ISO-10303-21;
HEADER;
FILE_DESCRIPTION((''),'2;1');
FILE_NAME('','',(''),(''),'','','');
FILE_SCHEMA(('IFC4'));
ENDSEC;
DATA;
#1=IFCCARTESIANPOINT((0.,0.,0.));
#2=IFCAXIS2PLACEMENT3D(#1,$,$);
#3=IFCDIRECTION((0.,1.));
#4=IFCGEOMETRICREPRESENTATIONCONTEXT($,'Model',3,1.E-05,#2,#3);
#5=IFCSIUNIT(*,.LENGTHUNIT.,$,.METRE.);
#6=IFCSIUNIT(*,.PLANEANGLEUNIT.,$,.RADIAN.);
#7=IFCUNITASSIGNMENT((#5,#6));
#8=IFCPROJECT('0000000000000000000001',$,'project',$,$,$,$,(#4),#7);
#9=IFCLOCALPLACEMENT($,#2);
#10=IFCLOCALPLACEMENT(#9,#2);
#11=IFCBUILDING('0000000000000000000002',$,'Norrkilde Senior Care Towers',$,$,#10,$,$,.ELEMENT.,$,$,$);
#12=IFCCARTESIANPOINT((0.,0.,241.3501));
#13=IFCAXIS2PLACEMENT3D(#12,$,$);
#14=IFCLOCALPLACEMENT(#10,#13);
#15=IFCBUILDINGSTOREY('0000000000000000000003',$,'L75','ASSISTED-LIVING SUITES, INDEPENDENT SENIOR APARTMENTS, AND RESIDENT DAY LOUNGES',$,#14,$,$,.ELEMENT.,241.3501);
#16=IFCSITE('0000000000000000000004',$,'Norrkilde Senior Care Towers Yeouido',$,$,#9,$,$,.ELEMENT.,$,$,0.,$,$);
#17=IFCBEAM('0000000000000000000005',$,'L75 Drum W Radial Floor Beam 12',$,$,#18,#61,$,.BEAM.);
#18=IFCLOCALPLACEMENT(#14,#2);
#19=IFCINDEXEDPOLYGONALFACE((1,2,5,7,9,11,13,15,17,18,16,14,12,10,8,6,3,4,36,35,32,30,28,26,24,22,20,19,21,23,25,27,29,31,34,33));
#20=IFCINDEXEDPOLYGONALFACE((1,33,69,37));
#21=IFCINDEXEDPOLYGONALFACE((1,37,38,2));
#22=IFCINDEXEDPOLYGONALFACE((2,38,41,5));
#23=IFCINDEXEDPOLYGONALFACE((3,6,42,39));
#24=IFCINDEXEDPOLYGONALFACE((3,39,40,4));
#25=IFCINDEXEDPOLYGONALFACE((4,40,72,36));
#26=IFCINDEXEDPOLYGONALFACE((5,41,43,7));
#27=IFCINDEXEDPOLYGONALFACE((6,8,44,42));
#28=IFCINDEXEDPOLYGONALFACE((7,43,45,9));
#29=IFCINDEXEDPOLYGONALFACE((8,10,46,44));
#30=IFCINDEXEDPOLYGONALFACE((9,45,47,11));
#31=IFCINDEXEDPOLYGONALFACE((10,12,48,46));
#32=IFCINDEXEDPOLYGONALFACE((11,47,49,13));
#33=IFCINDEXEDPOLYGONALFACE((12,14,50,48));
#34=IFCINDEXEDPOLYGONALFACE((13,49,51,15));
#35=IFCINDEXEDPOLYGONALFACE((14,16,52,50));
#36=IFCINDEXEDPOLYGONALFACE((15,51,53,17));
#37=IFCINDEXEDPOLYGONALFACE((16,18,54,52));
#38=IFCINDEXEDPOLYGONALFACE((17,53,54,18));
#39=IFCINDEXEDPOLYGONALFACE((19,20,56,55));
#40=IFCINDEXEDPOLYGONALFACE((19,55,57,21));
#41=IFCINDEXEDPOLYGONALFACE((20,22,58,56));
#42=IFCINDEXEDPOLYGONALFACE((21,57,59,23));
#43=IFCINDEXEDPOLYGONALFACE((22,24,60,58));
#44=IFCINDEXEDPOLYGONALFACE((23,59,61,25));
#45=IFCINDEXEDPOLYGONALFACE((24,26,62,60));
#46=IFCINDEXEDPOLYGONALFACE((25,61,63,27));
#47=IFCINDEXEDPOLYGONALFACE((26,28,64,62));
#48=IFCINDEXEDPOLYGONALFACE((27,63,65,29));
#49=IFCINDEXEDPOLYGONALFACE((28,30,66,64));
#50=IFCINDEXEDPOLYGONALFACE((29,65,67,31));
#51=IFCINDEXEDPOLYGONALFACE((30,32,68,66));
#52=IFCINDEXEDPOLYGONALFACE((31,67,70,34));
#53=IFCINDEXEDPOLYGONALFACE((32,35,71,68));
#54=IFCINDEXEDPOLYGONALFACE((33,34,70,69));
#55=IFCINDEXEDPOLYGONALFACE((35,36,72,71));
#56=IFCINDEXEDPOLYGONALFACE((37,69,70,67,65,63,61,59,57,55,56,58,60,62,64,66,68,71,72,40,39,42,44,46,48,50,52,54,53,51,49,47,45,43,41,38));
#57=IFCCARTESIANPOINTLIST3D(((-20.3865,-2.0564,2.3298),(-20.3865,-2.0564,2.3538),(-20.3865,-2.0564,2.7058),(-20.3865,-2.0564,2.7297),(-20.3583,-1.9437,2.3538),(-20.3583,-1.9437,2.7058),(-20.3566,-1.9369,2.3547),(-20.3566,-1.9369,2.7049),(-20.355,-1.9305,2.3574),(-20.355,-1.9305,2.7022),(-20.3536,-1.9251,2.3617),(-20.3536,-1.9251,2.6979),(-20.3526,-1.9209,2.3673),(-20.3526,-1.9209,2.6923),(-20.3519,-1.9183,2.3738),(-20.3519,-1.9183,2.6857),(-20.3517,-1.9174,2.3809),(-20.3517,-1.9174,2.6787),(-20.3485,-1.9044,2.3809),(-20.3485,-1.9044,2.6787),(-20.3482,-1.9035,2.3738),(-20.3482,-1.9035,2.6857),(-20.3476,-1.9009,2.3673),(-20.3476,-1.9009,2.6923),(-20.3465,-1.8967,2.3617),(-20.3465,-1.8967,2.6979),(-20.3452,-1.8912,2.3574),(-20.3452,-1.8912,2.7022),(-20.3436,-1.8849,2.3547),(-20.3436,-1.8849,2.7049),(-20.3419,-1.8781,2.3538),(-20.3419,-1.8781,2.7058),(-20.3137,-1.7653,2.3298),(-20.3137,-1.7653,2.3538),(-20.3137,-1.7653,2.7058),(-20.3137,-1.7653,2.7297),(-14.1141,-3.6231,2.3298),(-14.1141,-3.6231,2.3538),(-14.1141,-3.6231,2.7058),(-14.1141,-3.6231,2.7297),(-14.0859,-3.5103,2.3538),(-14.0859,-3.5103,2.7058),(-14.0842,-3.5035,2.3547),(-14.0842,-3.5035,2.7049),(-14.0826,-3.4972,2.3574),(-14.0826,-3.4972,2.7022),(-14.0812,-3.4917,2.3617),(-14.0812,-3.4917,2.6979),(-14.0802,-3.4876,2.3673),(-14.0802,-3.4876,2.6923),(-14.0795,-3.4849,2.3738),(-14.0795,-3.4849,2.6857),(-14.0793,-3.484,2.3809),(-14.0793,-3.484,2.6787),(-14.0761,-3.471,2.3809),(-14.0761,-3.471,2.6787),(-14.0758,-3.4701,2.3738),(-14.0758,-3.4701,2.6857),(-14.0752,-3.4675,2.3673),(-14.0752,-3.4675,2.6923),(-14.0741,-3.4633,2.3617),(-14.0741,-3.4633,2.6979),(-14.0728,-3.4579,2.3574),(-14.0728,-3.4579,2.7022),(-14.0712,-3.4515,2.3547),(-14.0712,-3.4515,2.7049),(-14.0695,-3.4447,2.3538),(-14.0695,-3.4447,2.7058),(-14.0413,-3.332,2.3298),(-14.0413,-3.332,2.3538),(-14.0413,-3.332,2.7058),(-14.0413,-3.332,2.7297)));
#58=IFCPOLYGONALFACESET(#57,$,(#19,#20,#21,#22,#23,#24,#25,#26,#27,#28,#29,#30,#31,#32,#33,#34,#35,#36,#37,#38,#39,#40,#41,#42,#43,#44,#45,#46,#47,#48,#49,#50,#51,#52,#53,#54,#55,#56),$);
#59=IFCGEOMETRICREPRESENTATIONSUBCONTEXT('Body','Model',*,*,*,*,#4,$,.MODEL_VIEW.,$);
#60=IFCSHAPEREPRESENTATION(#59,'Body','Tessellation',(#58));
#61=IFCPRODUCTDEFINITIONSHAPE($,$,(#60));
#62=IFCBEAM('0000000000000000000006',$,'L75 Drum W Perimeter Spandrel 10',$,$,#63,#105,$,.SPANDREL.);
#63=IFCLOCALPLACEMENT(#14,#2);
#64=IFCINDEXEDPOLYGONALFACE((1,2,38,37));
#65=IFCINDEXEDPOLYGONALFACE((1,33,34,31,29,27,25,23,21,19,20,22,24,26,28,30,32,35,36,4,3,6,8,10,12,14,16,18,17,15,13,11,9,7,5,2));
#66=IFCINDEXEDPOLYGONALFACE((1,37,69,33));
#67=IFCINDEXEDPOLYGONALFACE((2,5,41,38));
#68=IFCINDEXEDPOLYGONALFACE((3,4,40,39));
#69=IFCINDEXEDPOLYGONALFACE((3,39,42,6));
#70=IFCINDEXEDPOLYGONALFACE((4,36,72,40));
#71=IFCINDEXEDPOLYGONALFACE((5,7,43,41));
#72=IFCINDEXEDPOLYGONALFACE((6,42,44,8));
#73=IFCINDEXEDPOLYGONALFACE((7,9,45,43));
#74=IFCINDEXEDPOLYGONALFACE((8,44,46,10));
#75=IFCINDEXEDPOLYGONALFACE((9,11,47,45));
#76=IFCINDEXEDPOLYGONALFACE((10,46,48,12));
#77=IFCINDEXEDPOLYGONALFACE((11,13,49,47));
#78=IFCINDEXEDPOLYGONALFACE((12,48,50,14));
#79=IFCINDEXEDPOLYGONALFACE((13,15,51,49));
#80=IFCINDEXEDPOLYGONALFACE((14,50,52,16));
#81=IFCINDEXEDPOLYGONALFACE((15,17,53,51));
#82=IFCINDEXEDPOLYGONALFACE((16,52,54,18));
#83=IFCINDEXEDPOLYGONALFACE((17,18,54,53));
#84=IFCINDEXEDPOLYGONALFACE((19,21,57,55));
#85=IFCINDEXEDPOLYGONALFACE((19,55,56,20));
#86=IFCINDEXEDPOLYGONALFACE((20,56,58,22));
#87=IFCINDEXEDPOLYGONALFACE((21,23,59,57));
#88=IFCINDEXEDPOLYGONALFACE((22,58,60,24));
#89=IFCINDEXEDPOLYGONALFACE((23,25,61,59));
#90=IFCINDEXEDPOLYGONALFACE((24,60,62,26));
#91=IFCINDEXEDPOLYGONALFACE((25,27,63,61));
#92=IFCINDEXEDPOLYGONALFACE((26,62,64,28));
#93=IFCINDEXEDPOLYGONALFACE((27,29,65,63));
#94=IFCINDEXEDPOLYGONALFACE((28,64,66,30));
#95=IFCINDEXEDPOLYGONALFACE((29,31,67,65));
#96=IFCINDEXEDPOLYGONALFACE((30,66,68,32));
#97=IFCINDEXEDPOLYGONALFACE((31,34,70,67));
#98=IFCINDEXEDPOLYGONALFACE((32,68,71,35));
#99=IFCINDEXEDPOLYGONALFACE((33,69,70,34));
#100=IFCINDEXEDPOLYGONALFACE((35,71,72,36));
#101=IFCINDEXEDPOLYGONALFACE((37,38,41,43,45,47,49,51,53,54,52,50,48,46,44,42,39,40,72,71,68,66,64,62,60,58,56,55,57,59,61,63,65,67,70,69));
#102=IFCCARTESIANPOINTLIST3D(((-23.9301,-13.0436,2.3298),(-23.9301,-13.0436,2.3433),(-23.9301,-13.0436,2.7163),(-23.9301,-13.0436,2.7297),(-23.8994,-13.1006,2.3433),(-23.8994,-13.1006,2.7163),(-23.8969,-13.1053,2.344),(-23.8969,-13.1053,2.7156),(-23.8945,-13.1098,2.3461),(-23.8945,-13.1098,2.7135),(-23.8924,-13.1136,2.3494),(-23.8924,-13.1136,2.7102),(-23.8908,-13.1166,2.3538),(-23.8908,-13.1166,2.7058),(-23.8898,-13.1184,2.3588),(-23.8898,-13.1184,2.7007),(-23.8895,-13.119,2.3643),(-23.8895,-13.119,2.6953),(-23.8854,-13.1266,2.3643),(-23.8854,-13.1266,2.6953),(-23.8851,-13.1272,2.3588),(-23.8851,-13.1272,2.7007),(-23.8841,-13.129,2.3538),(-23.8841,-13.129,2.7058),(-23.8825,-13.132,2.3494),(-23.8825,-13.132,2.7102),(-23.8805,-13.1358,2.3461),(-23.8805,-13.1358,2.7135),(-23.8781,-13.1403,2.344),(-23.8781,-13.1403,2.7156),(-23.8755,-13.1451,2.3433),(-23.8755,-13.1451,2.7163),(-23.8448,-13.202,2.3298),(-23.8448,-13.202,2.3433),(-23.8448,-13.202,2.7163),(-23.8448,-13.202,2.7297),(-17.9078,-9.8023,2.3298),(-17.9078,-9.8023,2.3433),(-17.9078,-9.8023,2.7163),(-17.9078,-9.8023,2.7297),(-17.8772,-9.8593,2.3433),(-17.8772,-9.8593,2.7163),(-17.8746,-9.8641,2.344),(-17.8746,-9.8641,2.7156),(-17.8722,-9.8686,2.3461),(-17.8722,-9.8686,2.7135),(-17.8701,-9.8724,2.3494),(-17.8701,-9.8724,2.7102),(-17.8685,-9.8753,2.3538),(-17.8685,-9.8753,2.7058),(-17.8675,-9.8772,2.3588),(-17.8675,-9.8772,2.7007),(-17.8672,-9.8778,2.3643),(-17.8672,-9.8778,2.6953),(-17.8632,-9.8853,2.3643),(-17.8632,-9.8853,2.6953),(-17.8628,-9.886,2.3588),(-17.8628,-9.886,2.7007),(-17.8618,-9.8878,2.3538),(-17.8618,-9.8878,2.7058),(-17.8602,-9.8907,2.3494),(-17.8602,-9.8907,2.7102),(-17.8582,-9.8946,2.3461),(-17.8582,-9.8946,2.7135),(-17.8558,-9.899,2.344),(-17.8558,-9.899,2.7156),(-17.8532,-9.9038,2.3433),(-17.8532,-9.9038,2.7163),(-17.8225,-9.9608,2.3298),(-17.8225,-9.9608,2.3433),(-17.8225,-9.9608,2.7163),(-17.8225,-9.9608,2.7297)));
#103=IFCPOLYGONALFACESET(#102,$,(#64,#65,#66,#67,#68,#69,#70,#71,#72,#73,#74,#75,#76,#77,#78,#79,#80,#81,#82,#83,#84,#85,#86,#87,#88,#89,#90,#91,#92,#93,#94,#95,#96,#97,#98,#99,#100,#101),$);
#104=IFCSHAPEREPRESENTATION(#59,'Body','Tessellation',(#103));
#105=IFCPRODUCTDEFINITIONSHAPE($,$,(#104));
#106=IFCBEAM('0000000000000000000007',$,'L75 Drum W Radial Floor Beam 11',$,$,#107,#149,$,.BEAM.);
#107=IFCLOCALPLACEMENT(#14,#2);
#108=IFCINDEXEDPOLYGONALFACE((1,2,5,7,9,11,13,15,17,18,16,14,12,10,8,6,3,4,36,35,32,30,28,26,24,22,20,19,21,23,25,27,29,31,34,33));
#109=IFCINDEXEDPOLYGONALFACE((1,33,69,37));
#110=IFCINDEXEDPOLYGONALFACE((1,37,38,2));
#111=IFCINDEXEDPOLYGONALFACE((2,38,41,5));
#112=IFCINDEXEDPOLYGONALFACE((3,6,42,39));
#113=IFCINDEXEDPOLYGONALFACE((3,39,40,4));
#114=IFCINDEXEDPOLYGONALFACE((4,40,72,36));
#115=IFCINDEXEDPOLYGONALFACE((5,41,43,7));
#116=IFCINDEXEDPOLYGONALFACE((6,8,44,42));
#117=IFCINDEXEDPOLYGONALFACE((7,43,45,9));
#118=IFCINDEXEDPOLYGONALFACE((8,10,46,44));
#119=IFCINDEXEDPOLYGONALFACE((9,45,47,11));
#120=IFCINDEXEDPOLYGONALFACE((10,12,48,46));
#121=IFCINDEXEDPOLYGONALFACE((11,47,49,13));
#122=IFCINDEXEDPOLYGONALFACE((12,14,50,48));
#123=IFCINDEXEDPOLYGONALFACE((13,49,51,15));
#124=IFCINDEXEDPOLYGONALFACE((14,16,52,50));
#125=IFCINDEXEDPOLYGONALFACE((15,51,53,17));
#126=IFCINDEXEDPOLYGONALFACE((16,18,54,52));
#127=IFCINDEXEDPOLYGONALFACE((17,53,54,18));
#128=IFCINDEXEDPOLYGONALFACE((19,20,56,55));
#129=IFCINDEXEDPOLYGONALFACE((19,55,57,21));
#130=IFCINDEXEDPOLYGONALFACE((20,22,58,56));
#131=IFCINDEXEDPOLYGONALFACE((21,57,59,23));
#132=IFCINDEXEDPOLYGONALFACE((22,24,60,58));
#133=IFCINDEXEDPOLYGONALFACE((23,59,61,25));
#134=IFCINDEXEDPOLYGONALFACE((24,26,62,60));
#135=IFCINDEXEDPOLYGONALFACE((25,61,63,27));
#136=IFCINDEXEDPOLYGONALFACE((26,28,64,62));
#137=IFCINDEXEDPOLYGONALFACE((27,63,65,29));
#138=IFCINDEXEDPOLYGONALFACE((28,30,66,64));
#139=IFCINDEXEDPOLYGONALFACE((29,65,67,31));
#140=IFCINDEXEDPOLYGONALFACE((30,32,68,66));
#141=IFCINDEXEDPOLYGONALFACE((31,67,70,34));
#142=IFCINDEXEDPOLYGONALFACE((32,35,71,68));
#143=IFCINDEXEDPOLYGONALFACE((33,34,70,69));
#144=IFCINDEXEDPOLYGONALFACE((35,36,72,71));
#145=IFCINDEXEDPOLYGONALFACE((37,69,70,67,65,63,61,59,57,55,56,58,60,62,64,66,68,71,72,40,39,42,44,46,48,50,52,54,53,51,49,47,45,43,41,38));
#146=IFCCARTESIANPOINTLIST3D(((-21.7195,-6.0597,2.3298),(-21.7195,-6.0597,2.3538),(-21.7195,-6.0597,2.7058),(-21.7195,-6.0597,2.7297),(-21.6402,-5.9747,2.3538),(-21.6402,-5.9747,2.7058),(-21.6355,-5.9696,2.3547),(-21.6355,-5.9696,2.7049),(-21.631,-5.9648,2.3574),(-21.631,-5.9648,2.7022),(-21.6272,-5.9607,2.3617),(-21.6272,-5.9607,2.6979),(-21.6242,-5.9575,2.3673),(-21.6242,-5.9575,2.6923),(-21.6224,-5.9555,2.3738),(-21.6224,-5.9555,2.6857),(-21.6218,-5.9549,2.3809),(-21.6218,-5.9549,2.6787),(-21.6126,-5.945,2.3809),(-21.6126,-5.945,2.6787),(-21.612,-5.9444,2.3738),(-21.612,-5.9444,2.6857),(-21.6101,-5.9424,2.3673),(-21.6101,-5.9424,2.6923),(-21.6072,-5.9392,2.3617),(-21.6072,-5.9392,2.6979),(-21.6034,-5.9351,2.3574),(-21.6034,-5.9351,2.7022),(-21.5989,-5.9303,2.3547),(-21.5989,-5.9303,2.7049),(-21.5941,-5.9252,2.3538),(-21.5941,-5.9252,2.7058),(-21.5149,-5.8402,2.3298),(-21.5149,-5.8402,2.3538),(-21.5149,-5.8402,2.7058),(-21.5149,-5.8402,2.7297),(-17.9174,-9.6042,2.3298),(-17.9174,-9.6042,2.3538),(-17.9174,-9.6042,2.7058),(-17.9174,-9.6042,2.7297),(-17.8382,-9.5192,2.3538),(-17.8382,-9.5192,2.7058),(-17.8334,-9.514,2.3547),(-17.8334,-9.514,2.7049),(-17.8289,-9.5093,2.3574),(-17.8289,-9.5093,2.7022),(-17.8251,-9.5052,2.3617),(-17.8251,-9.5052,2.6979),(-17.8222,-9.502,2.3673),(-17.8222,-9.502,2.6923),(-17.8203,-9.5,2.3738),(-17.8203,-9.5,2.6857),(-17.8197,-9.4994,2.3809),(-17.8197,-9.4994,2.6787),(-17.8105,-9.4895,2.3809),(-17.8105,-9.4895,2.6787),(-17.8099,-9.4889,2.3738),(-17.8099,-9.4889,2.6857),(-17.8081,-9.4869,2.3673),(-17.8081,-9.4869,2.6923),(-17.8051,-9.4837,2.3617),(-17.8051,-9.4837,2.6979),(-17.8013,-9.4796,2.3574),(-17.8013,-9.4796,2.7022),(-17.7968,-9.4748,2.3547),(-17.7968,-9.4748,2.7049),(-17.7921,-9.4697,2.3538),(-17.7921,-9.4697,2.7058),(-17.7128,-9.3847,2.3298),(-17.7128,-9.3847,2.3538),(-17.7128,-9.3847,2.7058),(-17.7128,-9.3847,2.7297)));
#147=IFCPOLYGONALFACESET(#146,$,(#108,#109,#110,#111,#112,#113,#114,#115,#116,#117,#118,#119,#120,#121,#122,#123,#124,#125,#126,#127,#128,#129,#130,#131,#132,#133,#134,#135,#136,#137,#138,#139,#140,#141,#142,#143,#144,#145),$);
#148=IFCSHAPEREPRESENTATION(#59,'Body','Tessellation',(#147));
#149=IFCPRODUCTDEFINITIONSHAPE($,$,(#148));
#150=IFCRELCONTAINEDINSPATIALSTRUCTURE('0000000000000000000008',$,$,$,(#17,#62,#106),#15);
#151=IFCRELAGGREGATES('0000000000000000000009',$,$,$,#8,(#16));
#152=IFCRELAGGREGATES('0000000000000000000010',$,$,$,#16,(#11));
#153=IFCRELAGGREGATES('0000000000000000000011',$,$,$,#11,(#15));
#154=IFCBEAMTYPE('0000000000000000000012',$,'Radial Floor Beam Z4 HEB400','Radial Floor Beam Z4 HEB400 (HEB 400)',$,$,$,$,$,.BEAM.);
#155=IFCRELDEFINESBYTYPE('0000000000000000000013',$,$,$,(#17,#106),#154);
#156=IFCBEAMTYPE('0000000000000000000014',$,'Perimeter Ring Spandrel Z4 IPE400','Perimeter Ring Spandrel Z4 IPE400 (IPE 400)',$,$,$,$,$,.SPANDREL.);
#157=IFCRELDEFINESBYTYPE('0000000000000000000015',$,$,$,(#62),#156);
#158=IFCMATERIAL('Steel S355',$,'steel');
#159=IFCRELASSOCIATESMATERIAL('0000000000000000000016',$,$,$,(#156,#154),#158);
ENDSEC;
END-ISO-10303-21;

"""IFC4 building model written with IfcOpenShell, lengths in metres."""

from ifc_helpers import new_model, si_unit, direction, frame, origin, origin_2d, place, context, subcontext, project, spatial, i_section, extrude, source, transform, mapped, material, material_profile, profile_set, type_object, type_shapes, element, save


model = new_model("IFC4")

# Units and contexts
model_context = context("Model", 3, precision=1e-05, world=origin(), true_north=direction((0.0, 1.0)))
body_context = subcontext(model_context, "Body", "Model", "MODEL_VIEW")
ifc_project = project(units=[si_unit("LENGTHUNIT", "METRE"), si_unit("PLANEANGLEUNIT", "RADIAN")], contexts=[model_context])

# Site, building, storey
site_placement = place(None, origin())
site = spatial("IfcSite", under=ifc_project, at=site_placement, Name="Norrkilde Senior Care Towers Yeouido", CompositionType="ELEMENT", RefElevation=0.0)
building_placement = place(site_placement, origin())
building = spatial("IfcBuilding", under=site, at=building_placement, Name="Norrkilde Senior Care Towers", CompositionType="ELEMENT")
storey_placement = place(building_placement, frame((0.0, 0.0, 241.3501)))
storey = spatial("IfcBuildingStorey", under=building, at=storey_placement, Name="L75", Description="ASSISTED-LIVING SUITES, INDEPENDENT SENIOR APARTMENTS, AND RESIDENT DAY LOUNGES", CompositionType="ELEMENT", Elevation=241.3501)

# Beams
ifc_material_1 = material(Name="Steel S355", Category="steel")
ifc_material_profile_1 = material_profile(ifc_material_1, i_section(OverallWidth=0.1799, OverallDepth=0.3999, WebThickness=0.0085, FlangeThickness=0.0134, FilletRadius=0.021, at=origin_2d()), Name="IPE 400")
ifc_profile_set_1 = profile_set([ifc_material_profile_1], Name="Steel S355")
beam_type_1 = type_object("IfcBeamType", Name="Perimeter Ring Spandrel Z4 IPE400", Description="Perimeter Ring Spandrel Z4 IPE400 (IPE 400)", PredefinedType="SPANDREL", material=ifc_profile_set_1)
ifc_material_profile_2 = material_profile(ifc_material_1, i_section(OverallWidth=0.3, OverallDepth=0.3999, WebThickness=0.0134, FlangeThickness=0.0239, FilletRadius=0.0271, at=origin_2d()), Name="HEB 400")
ifc_profile_set_2 = profile_set([ifc_material_profile_2], Name="Steel S355")
beam_type_2 = type_object("IfcBeamType", Name="Radial Floor Beam Z4 HEB400", Description="Radial Floor Beam Z4 HEB400 (HEB 400)", PredefinedType="BEAM", material=ifc_profile_set_2)
shared_shape_1 = source(origin(), body_context, "Body", "SweptSolid", [
    extrude(i_section(OverallWidth=0.3, OverallDepth=0.3999, WebThickness=0.0134, FlangeThickness=0.0239, FilletRadius=0.0271, at=origin_2d()), origin(), (0.0, 0.0, 1.0), 6.4651),
])
beam_1_placement = place(storey_placement, frame((-20.3501, -1.9109, 2.5298), z_axis=(0.970196, -0.242322, 0.0), x_axis=(0.242322, 0.970196, 0.0)))
element("IfcBeam", 1, at=beam_1_placement, inside=storey, type_object=beam_type_2, Name="L75 Drum W Radial Floor Beam 12", PredefinedType="BEAM", context=body_context, shape_type="MappedRepresentation", body=[
    mapped(shared_shape_1, transform((0.0, 0.0, 0.0), x_axis=(1.0, 0.0, 0.0), y_axis=(0.0, 1.0, 0.0), z_axis=(0.0, 0.0, 1.0), scale=1.0)),
])
shared_shape_2 = source(origin(), body_context, "Body", "SweptSolid", [
    extrude(i_section(OverallWidth=0.1799, OverallDepth=0.3999, WebThickness=0.0085, FlangeThickness=0.0134, FilletRadius=0.021, at=origin_2d()), origin(), (0.0, 0.0, 1.0), 6.8391),
])
beam_2_placement = place(storey_placement, frame((-23.8875, -13.1228, 2.5298), z_axis=(0.880564, 0.473927, 0.0), x_axis=(-0.473927, 0.880564, 0.0)))
element("IfcBeam", 2, at=beam_2_placement, inside=storey, type_object=beam_type_1, Name="L75 Drum W Perimeter Spandrel 10", PredefinedType="SPANDREL", context=body_context, shape_type="MappedRepresentation", body=[
    mapped(shared_shape_2, transform((0.0, 0.0, 0.0), x_axis=(1.0, 0.0, 0.0), y_axis=(0.0, 1.0, 0.0), z_axis=(0.0, 0.0, 1.0), scale=1.0)),
])
shared_shape_3 = source(origin(), body_context, "Body", "SweptSolid", [
    extrude(i_section(OverallWidth=0.3, OverallDepth=0.3999, WebThickness=0.0134, FlangeThickness=0.0239, FilletRadius=0.0271, at=origin_2d()), origin(), (0.0, 0.0, 1.0), 5.198),
])
type_shapes(beam_type_2, [shared_shape_1, shared_shape_3])
beam_3_placement = place(storey_placement, frame((-21.6172, -5.95, 2.5298), z_axis=(0.731449, -0.681896, 0.0), x_axis=(0.681896, 0.731449, 0.0)))
element("IfcBeam", 3, at=beam_3_placement, inside=storey, type_object=beam_type_2, Name="L75 Drum W Radial Floor Beam 11", PredefinedType="BEAM", context=body_context, shape_type="MappedRepresentation", body=[
    mapped(shared_shape_3, transform((0.0, 0.0, 0.0), x_axis=(1.0, 0.0, 0.0), y_axis=(0.0, 1.0, 0.0), z_axis=(0.0, 0.0, 1.0), scale=1.0)),
])

save(model, "model.ifc")
